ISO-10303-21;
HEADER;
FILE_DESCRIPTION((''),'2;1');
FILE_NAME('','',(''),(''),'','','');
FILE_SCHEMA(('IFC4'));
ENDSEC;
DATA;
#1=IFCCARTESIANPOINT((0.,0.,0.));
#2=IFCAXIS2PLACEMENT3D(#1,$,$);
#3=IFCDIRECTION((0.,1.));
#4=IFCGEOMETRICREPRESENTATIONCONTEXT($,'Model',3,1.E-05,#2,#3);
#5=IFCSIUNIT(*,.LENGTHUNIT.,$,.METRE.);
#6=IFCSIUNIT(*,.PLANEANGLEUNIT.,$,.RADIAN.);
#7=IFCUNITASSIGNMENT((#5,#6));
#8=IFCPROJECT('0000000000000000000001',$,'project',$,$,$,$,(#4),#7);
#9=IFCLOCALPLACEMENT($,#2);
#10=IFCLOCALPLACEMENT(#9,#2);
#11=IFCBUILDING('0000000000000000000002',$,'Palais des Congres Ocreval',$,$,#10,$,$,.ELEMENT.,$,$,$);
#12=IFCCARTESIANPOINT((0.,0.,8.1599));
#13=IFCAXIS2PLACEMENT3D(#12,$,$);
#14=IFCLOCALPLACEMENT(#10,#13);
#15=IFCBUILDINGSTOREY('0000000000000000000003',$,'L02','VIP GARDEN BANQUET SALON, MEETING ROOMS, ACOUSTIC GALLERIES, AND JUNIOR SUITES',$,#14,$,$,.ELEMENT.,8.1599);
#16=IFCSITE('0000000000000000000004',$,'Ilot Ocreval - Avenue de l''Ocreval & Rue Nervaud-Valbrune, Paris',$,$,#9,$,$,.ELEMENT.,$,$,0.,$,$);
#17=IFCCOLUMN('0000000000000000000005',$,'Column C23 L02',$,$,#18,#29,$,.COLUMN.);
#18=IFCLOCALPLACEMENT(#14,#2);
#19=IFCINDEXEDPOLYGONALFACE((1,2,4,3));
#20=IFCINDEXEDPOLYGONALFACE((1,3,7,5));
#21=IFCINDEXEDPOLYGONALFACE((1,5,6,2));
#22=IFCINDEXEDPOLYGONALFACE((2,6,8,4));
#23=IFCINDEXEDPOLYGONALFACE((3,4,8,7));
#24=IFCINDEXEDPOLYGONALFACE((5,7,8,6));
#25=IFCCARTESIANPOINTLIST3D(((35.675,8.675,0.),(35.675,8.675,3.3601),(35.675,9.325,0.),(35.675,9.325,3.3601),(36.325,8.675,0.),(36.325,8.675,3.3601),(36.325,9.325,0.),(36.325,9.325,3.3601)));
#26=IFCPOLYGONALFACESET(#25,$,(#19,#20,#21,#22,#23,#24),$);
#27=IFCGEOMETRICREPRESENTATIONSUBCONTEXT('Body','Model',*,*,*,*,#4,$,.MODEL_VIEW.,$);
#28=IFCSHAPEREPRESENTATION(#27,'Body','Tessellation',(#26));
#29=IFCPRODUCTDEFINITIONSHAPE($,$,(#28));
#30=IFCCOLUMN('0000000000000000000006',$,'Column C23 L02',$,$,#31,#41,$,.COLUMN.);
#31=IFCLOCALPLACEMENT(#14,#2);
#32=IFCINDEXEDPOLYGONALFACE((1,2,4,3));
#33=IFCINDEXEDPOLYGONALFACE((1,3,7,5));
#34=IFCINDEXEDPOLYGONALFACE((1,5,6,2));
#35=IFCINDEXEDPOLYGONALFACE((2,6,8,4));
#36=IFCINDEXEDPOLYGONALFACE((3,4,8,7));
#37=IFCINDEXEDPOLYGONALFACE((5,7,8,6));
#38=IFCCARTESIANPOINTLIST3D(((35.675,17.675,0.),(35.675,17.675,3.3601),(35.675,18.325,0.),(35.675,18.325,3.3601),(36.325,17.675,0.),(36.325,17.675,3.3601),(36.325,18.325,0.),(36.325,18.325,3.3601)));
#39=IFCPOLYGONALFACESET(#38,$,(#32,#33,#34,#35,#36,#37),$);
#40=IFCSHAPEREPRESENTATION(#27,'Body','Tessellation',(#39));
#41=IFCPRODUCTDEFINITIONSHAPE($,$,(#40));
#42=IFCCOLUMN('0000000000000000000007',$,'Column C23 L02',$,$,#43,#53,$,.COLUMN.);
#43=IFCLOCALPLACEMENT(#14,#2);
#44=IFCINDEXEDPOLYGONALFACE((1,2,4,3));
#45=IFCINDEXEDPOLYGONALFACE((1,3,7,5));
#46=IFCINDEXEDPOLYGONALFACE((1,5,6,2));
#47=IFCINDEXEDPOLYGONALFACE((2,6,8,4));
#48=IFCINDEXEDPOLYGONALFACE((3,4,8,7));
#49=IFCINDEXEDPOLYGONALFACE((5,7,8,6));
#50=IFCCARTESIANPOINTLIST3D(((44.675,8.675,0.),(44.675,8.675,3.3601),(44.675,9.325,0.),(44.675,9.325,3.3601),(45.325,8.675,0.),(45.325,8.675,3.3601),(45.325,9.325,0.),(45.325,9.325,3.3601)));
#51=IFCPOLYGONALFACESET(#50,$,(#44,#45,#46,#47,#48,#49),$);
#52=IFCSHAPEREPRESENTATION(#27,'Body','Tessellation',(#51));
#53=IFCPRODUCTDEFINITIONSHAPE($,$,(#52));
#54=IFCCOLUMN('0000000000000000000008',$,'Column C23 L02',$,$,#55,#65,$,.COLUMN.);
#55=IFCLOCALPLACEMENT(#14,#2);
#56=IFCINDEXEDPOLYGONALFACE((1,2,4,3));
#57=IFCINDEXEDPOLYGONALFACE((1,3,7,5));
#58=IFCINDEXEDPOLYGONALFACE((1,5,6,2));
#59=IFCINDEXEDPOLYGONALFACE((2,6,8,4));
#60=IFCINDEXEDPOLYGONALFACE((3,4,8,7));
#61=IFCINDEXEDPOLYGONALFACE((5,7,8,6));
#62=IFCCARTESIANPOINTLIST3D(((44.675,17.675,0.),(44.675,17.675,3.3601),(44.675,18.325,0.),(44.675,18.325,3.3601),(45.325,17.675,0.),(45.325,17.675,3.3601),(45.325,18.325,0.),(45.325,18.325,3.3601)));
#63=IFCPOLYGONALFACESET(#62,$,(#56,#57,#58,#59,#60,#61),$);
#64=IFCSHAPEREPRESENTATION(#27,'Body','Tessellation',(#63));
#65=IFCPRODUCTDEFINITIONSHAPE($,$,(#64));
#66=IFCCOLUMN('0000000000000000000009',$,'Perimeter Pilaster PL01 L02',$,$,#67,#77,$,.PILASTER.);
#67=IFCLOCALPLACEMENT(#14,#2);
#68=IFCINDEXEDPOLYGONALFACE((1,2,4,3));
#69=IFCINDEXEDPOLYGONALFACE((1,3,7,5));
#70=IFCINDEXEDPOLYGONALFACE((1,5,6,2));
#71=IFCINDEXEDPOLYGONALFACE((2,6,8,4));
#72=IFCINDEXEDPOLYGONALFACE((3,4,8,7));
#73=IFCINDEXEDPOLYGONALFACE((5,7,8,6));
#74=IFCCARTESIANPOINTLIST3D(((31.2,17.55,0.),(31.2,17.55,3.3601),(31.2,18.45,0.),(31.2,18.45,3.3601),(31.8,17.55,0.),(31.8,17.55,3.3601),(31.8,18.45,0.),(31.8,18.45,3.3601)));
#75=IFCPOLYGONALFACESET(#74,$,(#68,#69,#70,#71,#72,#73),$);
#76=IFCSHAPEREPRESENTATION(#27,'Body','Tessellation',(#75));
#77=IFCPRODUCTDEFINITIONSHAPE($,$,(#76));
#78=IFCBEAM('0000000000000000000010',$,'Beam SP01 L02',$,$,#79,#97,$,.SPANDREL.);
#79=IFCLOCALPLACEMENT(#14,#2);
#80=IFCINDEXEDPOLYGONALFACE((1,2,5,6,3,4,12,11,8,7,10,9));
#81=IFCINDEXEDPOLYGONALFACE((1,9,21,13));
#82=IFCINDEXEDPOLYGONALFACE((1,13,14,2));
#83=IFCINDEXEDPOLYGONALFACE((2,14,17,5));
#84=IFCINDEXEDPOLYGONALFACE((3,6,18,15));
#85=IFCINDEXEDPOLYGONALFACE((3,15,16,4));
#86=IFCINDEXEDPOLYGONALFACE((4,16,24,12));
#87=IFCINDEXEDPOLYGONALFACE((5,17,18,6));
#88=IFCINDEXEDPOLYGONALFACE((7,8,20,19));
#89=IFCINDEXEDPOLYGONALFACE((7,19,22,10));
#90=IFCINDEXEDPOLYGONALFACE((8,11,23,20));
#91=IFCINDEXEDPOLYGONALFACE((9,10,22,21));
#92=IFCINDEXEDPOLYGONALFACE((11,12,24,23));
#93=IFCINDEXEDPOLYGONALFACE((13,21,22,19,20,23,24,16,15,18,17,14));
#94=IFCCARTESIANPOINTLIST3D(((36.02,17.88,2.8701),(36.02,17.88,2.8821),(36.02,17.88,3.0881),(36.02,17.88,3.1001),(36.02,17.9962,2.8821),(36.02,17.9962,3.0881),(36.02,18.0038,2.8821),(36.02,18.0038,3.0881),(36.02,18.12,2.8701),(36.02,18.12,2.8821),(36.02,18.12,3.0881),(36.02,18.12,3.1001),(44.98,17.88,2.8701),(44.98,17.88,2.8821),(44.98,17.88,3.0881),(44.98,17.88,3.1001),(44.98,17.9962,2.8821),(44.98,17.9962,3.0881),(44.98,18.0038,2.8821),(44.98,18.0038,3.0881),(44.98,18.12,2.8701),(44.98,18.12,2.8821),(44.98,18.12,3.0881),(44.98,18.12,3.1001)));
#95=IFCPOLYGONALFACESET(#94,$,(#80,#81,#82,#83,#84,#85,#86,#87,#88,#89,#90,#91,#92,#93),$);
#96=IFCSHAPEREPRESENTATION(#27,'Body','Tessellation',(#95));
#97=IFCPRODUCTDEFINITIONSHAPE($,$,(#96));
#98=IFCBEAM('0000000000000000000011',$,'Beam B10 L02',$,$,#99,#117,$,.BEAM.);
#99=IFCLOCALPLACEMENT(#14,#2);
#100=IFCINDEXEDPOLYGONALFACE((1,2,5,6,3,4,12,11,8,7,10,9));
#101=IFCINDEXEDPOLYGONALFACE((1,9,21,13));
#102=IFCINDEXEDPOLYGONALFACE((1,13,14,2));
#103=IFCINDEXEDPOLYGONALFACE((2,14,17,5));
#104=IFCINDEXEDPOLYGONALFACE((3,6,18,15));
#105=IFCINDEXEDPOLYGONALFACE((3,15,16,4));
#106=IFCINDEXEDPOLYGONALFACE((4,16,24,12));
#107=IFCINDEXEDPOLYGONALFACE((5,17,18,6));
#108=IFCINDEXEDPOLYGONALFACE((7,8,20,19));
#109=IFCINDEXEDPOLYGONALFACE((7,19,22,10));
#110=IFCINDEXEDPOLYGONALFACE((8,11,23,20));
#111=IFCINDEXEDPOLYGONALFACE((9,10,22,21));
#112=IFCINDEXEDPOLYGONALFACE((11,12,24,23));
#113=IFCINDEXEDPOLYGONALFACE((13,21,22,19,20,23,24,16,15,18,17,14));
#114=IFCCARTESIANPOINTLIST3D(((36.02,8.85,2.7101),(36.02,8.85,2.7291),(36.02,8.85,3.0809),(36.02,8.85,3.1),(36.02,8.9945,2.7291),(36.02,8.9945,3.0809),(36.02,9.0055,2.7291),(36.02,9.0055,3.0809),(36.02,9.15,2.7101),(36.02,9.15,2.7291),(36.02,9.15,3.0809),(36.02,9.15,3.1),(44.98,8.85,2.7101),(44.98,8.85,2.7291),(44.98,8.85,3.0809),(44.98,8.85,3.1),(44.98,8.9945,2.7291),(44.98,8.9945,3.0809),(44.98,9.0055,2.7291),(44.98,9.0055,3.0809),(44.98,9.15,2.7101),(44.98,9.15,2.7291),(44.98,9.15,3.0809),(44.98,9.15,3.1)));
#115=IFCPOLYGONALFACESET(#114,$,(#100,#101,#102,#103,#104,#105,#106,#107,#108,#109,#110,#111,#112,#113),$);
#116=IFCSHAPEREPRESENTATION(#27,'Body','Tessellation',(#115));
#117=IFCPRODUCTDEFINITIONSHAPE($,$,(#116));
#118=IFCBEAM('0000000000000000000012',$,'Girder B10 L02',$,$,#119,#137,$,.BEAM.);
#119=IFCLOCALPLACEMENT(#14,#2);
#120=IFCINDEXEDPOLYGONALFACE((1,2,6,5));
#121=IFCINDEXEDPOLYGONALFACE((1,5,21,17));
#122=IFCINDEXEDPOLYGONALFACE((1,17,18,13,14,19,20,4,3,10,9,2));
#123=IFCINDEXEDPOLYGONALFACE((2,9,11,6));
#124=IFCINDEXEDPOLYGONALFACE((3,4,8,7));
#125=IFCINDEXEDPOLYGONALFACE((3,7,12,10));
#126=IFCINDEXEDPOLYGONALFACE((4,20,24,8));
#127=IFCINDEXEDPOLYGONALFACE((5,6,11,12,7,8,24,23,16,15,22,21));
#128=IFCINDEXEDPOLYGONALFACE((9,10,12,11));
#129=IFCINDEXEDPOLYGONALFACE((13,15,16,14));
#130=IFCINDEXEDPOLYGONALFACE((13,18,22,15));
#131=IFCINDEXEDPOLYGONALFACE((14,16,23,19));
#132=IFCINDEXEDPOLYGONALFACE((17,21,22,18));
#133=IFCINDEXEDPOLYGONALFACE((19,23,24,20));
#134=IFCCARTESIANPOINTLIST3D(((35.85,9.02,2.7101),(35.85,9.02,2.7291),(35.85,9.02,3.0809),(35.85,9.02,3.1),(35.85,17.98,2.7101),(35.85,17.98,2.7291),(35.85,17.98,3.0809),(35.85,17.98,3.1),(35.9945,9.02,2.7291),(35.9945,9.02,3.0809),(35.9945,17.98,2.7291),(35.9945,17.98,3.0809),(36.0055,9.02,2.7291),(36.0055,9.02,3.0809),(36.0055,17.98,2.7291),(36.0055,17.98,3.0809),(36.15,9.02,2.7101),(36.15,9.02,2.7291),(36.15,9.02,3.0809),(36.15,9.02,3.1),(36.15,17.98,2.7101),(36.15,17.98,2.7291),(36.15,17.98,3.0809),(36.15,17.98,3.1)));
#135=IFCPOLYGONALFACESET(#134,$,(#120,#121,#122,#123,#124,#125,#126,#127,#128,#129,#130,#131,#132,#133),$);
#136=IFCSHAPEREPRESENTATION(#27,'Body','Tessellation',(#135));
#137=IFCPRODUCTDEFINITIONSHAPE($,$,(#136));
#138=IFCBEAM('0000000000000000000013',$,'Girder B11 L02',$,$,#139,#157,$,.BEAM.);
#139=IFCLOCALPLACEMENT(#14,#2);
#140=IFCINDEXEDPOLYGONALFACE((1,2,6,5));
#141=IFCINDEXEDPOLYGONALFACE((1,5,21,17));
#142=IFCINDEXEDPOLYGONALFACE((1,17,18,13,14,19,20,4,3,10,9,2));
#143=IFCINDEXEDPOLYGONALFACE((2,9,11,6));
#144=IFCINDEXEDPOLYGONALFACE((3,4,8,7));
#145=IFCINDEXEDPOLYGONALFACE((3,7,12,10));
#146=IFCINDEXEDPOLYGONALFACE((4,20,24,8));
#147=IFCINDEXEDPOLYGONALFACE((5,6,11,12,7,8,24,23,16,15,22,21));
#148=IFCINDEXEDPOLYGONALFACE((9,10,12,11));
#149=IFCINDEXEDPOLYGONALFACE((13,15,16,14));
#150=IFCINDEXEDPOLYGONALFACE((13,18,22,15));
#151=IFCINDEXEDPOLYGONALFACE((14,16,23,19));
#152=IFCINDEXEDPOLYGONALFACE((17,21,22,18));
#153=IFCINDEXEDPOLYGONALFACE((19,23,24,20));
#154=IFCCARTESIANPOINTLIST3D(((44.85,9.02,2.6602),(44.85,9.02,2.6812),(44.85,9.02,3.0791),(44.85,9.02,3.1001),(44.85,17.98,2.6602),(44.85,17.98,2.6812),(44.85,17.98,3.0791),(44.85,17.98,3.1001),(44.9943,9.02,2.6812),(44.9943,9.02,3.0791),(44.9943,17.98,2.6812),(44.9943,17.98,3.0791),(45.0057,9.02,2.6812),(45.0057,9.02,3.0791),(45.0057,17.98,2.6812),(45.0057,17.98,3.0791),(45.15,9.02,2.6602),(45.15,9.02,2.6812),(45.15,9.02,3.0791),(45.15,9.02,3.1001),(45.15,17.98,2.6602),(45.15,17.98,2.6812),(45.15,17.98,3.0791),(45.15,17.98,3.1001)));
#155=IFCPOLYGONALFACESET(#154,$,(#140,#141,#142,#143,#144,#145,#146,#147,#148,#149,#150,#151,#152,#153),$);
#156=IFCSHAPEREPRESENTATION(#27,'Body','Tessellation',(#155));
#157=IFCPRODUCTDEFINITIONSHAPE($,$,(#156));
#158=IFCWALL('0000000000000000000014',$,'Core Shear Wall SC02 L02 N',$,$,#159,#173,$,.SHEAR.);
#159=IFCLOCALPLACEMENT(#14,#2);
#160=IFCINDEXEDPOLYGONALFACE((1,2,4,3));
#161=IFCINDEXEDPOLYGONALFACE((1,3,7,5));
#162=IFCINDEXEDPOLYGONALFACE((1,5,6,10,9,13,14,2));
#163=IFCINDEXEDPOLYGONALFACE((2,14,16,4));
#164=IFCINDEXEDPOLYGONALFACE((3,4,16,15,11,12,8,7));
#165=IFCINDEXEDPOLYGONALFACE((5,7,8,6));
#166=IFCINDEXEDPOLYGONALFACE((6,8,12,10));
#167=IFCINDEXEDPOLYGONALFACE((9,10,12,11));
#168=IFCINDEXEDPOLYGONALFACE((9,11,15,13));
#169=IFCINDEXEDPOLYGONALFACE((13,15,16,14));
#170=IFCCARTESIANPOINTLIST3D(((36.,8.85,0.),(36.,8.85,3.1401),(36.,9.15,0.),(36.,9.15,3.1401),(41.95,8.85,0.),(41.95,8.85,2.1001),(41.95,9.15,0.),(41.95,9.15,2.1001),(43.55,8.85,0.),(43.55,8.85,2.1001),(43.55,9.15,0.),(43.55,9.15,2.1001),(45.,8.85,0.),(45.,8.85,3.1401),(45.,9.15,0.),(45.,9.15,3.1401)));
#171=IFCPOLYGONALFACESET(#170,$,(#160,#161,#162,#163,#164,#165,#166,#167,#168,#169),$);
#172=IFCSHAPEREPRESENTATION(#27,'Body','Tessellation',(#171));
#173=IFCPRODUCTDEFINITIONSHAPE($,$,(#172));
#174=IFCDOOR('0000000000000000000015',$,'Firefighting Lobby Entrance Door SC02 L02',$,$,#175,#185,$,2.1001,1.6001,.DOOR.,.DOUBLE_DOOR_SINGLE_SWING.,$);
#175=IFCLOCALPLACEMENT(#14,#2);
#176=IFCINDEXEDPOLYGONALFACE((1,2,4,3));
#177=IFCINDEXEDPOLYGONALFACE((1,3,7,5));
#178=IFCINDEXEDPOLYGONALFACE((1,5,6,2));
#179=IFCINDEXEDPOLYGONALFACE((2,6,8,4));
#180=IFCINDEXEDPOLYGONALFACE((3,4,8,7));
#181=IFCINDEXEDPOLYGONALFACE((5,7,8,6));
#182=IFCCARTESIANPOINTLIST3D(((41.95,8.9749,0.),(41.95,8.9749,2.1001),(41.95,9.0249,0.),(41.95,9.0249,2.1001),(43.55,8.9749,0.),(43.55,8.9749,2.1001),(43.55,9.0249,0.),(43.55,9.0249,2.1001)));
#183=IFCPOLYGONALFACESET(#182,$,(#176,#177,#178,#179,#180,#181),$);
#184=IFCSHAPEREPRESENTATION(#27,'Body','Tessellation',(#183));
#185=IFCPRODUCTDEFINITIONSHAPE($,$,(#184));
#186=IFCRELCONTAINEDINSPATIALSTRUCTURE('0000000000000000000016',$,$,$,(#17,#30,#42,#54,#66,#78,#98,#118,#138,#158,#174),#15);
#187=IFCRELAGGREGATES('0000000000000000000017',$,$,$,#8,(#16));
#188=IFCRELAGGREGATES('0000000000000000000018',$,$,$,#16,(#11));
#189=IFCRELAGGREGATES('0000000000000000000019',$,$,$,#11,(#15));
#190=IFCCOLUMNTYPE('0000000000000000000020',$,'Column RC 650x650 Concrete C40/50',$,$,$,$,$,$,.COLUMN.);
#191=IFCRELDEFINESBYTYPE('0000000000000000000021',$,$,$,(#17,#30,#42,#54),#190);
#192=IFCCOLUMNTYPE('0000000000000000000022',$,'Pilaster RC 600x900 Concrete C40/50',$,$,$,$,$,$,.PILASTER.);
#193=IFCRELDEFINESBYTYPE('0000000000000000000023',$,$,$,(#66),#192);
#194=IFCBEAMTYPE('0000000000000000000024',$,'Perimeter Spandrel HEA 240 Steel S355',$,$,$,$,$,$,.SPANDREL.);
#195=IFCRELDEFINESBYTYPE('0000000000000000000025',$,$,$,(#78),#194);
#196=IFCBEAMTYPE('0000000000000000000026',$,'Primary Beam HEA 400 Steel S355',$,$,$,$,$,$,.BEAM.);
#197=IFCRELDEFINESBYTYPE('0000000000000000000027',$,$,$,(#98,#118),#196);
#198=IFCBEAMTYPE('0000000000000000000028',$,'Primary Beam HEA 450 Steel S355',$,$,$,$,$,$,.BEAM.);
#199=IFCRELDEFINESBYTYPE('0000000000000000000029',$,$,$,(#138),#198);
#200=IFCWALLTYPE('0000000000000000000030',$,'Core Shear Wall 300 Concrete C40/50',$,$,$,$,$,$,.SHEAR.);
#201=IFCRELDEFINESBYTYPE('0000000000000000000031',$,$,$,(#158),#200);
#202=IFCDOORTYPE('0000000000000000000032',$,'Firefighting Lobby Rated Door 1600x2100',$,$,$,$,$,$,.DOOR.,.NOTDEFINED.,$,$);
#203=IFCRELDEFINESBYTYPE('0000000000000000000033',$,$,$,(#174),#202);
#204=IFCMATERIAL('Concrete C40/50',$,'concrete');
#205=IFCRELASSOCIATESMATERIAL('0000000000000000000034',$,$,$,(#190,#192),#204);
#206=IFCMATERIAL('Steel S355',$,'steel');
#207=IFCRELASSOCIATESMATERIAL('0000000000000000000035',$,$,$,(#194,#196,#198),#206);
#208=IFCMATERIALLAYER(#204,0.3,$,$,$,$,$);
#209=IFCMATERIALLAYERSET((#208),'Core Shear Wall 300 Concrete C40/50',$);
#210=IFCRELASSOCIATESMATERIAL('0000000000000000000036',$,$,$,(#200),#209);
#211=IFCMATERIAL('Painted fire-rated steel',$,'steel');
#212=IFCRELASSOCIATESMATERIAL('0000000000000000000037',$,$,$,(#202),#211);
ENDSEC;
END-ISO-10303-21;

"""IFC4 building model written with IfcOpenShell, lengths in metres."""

from ifc_helpers import new_model, si_unit, direction, frame, frame_2d, origin, origin_2d, place, context, subcontext, project, spatial, rectangle, i_section, extrude, material, layer, layer_set, material_profile, profile_set, type_object, element, fill, save


model = new_model("IFC4")

# Units and contexts
model_context = context("Model", 3, precision=1e-05, world=origin(), true_north=direction((0.0, 1.0)))
body_context = subcontext(model_context, "Body", "Model", "MODEL_VIEW")
ifc_project = project(units=[si_unit("LENGTHUNIT", "METRE"), si_unit("PLANEANGLEUNIT", "RADIAN")], contexts=[model_context])

# Site, building, storey
site_placement = place(None, origin())
site = spatial("IfcSite", under=ifc_project, at=site_placement, Name="Ilot Ocreval - Avenue de l'Ocreval & Rue Nervaud-Valbrune, Paris", CompositionType="ELEMENT", RefElevation=0.0)
building_placement = place(site_placement, origin())
building = spatial("IfcBuilding", under=site, at=building_placement, Name="Palais des Congres Ocreval", CompositionType="ELEMENT")
storey_placement = place(building_placement, frame((0.0, 0.0, 8.1599)))
storey = spatial("IfcBuildingStorey", under=building, at=storey_placement, Name="L02", Description="VIP GARDEN BANQUET SALON, MEETING ROOMS, ACOUSTIC GALLERIES, AND JUNIOR SUITES", CompositionType="ELEMENT", Elevation=8.1599)

# Columns
ifc_material_1 = material(Name="Concrete C40/50", Category="concrete")
ifc_material_profile_1 = material_profile(ifc_material_1, rectangle(XDim=0.6499, YDim=0.6499, at=origin_2d()), Name="RC 650x650")
ifc_profile_set_1 = profile_set([ifc_material_profile_1], Name="Concrete C40/50")
column_type_1 = type_object("IfcColumnType", Name="Column RC 650x650 Concrete C40/50", PredefinedType="COLUMN", material=ifc_profile_set_1)
for number, where, z_axis, x_axis, name in (
    (1, (36.0, 9.0, 0.0), (0.0, 0.0, 1.0), (1.0, 0.0, 0.0), "Column C23 L02"),
    (2, (36.0, 18.0, 0.0), (0.0, 0.0, 1.0), (1.0, 0.0, 0.0), "Column C23 L02"),
    (3, (45.0, 9.0, 0.0), (0.0, 0.0, 1.0), (1.0, 0.0, 0.0), "Column C23 L02"),
    (4, (45.0, 18.0, 0.0), (0.0, 0.0, 1.0), (1.0, 0.0, 0.0), "Column C23 L02"),
):
    element("IfcColumn", number, at=place(storey_placement, frame(where, z_axis=z_axis, x_axis=x_axis)), inside=storey, type_object=column_type_1, Name=name, PredefinedType="COLUMN", context=body_context, shape_type="SweptSolid", body=[
        extrude(rectangle(XDim=0.6499, YDim=0.6499, at=origin_2d()), origin(), (0.0, 0.0, 1.0), 3.3601),
    ])
ifc_material_profile_2 = material_profile(ifc_material_1, rectangle(XDim=0.6001, YDim=0.8999, at=origin_2d()), Name="RC 600x900")
ifc_profile_set_2 = profile_set([ifc_material_profile_2], Name="Concrete C40/50")
column_type_2 = type_object("IfcColumnType", Name="Pilaster RC 600x900 Concrete C40/50", PredefinedType="PILASTER", material=ifc_profile_set_2)
column_placement = place(storey_placement, frame((31.5, 18.0, 0.0), z_axis=(0.0, 0.0, 1.0), x_axis=(1.0, 0.0, 0.0)))
element("IfcColumn", 5, at=column_placement, inside=storey, type_object=column_type_2, Name="Perimeter Pilaster PL01 L02", PredefinedType="PILASTER", context=body_context, shape_type="SweptSolid", body=[
    extrude(rectangle(XDim=0.6001, YDim=0.8999, at=origin_2d()), origin(), (0.0, 0.0, 1.0), 3.3601),
])

# Beams
ifc_material_2 = material(Name="Steel S355", Category="steel")
ifc_material_profile_3 = material_profile(ifc_material_2, i_section(OverallWidth=0.24, OverallDepth=0.23, WebThickness=0.0076, FlangeThickness=0.012, at=origin_2d()), Name="HEA 240")
ifc_profile_set_3 = profile_set([ifc_material_profile_3], Name="Steel S355")
beam_type_1 = type_object("IfcBeamType", Name="Perimeter Spandrel HEA 240 Steel S355", PredefinedType="SPANDREL", material=ifc_profile_set_3)
beam_1_placement = place(storey_placement, frame((36.02, 18.0, 2.9851), z_axis=(1.0, 0.0, 0.0), x_axis=(0.0, 1.0, 0.0)))
element("IfcBeam", 6, at=beam_1_placement, inside=storey, type_object=beam_type_1, Name="Beam SP01 L02", PredefinedType="SPANDREL", context=body_context, shape_type="SweptSolid", body=[
    extrude(i_section(OverallWidth=0.24, OverallDepth=0.23, WebThickness=0.0076, FlangeThickness=0.012, at=origin_2d()), origin(), (0.0, 0.0, 1.0), 8.96),
])
ifc_material_profile_4 = material_profile(ifc_material_2, i_section(OverallWidth=0.3, OverallDepth=0.3899, WebThickness=0.011, FlangeThickness=0.019, at=origin_2d()), Name="HEA 400")
ifc_profile_set_4 = profile_set([ifc_material_profile_4], Name="Steel S355")
beam_type_2 = type_object("IfcBeamType", Name="Primary Beam HEA 400 Steel S355", PredefinedType="BEAM", material=ifc_profile_set_4)
for number, where, z_axis, x_axis, name in (
    (7, (36.02, 9.0, 2.905), (1.0, 0.0, 0.0), (0.0, 1.0, 0.0), "Beam B10 L02"),
    (8, (36.0, 9.02, 2.905), (0.0, 1.0, 0.0), (-1.0, 0.0, 0.0), "Girder B10 L02"),
):
    element("IfcBeam", number, at=place(storey_placement, frame(where, z_axis=z_axis, x_axis=x_axis)), inside=storey, type_object=beam_type_2, Name=name, PredefinedType="BEAM", context=body_context, shape_type="SweptSolid", body=[
        extrude(i_section(OverallWidth=0.3, OverallDepth=0.3899, WebThickness=0.011, FlangeThickness=0.019, at=origin_2d()), origin(), (0.0, 0.0, 1.0), 8.96),
    ])
ifc_material_profile_5 = material_profile(ifc_material_2, i_section(OverallWidth=0.3, OverallDepth=0.4399, WebThickness=0.0115, FlangeThickness=0.021, at=origin_2d()), Name="HEA 450")
ifc_profile_set_5 = profile_set([ifc_material_profile_5], Name="Steel S355")
beam_type_3 = type_object("IfcBeamType", Name="Primary Beam HEA 450 Steel S355", PredefinedType="BEAM", material=ifc_profile_set_5)
beam_2_placement = place(storey_placement, frame((45.0, 9.02, 2.8801), z_axis=(0.0, 1.0, 0.0), x_axis=(-1.0, 0.0, 0.0)))
element("IfcBeam", 9, at=beam_2_placement, inside=storey, type_object=beam_type_3, Name="Girder B11 L02", PredefinedType="BEAM", context=body_context, shape_type="SweptSolid", body=[
    extrude(i_section(OverallWidth=0.3, OverallDepth=0.4399, WebThickness=0.0115, FlangeThickness=0.021, at=origin_2d()), origin(), (0.0, 0.0, 1.0), 8.96),
])

# Wall, opening, door
ifc_layer_1 = layer(ifc_material_1, 0.3)
ifc_layer_set_1 = layer_set([ifc_layer_1], Name="Core Shear Wall 300 Concrete C40/50")
wall_type_1 = type_object("IfcWallType", Name="Core Shear Wall 300 Concrete C40/50", PredefinedType="SHEAR", material=ifc_layer_set_1)
wall_1_placement = place(storey_placement, frame((36.0, 9.0, 0.0), z_axis=(0.0, 0.0, 1.0), x_axis=(1.0, 0.0, 0.0)))
wall_1 = element("IfcWall", 10, at=wall_1_placement, inside=storey, type_object=wall_type_1, Name="Core Shear Wall SC02 L02 N", PredefinedType="SHEAR", context=body_context, shape_type="SweptSolid", body=[
    extrude(rectangle(XDim=9.0, YDim=0.3, at=frame_2d((4.5, 0.0))), origin(), (0.0, 0.0, 1.0), 3.1401),
])
opening_1_placement = place(wall_1_placement, frame((5.95, 0.0, 0.0)))
opening_1 = element("IfcOpeningElement", 11, at=opening_1_placement, cuts=wall_1, PredefinedType="OPENING", context=body_context, shape_type="SweptSolid", body=[
    extrude(rectangle(XDim=1.6001, YDim=2.1001, at=frame_2d((0.8, 1.05))), frame((0.0, 0.1599, 0.0), z_axis=(0.0, -1.0, 0.0), x_axis=(1.0, 0.0, 0.0)), (0.0, 0.0, 1.0), 0.3201),
])
ifc_material_3 = material(Name="Painted fire-rated steel", Category="steel")
door_type_1 = type_object("IfcDoorType", Name="Firefighting Lobby Rated Door 1600x2100", OperationType="NOTDEFINED", PredefinedType="DOOR", material=ifc_material_3)
door_1_placement = place(opening_1_placement, origin())
door_1 = element("IfcDoor", 12, at=door_1_placement, inside=storey, type_object=door_type_1, Name="Firefighting Lobby Entrance Door SC02 L02", OperationType="DOUBLE_DOOR_SINGLE_SWING", OverallHeight=2.1001, OverallWidth=1.6001, PredefinedType="DOOR", context=body_context, shape_type="SweptSolid", body=[
    extrude(rectangle(XDim=1.6001, YDim=2.1001, at=frame_2d((0.8, 1.05))), frame((0.0, 0.0249, 0.0), z_axis=(0.0, -1.0, 0.0), x_axis=(1.0, 0.0, 0.0)), (0.0, 0.0, 1.0), 0.05),
])
fill(opening_1, door_1)

save(model, "model.ifc")
